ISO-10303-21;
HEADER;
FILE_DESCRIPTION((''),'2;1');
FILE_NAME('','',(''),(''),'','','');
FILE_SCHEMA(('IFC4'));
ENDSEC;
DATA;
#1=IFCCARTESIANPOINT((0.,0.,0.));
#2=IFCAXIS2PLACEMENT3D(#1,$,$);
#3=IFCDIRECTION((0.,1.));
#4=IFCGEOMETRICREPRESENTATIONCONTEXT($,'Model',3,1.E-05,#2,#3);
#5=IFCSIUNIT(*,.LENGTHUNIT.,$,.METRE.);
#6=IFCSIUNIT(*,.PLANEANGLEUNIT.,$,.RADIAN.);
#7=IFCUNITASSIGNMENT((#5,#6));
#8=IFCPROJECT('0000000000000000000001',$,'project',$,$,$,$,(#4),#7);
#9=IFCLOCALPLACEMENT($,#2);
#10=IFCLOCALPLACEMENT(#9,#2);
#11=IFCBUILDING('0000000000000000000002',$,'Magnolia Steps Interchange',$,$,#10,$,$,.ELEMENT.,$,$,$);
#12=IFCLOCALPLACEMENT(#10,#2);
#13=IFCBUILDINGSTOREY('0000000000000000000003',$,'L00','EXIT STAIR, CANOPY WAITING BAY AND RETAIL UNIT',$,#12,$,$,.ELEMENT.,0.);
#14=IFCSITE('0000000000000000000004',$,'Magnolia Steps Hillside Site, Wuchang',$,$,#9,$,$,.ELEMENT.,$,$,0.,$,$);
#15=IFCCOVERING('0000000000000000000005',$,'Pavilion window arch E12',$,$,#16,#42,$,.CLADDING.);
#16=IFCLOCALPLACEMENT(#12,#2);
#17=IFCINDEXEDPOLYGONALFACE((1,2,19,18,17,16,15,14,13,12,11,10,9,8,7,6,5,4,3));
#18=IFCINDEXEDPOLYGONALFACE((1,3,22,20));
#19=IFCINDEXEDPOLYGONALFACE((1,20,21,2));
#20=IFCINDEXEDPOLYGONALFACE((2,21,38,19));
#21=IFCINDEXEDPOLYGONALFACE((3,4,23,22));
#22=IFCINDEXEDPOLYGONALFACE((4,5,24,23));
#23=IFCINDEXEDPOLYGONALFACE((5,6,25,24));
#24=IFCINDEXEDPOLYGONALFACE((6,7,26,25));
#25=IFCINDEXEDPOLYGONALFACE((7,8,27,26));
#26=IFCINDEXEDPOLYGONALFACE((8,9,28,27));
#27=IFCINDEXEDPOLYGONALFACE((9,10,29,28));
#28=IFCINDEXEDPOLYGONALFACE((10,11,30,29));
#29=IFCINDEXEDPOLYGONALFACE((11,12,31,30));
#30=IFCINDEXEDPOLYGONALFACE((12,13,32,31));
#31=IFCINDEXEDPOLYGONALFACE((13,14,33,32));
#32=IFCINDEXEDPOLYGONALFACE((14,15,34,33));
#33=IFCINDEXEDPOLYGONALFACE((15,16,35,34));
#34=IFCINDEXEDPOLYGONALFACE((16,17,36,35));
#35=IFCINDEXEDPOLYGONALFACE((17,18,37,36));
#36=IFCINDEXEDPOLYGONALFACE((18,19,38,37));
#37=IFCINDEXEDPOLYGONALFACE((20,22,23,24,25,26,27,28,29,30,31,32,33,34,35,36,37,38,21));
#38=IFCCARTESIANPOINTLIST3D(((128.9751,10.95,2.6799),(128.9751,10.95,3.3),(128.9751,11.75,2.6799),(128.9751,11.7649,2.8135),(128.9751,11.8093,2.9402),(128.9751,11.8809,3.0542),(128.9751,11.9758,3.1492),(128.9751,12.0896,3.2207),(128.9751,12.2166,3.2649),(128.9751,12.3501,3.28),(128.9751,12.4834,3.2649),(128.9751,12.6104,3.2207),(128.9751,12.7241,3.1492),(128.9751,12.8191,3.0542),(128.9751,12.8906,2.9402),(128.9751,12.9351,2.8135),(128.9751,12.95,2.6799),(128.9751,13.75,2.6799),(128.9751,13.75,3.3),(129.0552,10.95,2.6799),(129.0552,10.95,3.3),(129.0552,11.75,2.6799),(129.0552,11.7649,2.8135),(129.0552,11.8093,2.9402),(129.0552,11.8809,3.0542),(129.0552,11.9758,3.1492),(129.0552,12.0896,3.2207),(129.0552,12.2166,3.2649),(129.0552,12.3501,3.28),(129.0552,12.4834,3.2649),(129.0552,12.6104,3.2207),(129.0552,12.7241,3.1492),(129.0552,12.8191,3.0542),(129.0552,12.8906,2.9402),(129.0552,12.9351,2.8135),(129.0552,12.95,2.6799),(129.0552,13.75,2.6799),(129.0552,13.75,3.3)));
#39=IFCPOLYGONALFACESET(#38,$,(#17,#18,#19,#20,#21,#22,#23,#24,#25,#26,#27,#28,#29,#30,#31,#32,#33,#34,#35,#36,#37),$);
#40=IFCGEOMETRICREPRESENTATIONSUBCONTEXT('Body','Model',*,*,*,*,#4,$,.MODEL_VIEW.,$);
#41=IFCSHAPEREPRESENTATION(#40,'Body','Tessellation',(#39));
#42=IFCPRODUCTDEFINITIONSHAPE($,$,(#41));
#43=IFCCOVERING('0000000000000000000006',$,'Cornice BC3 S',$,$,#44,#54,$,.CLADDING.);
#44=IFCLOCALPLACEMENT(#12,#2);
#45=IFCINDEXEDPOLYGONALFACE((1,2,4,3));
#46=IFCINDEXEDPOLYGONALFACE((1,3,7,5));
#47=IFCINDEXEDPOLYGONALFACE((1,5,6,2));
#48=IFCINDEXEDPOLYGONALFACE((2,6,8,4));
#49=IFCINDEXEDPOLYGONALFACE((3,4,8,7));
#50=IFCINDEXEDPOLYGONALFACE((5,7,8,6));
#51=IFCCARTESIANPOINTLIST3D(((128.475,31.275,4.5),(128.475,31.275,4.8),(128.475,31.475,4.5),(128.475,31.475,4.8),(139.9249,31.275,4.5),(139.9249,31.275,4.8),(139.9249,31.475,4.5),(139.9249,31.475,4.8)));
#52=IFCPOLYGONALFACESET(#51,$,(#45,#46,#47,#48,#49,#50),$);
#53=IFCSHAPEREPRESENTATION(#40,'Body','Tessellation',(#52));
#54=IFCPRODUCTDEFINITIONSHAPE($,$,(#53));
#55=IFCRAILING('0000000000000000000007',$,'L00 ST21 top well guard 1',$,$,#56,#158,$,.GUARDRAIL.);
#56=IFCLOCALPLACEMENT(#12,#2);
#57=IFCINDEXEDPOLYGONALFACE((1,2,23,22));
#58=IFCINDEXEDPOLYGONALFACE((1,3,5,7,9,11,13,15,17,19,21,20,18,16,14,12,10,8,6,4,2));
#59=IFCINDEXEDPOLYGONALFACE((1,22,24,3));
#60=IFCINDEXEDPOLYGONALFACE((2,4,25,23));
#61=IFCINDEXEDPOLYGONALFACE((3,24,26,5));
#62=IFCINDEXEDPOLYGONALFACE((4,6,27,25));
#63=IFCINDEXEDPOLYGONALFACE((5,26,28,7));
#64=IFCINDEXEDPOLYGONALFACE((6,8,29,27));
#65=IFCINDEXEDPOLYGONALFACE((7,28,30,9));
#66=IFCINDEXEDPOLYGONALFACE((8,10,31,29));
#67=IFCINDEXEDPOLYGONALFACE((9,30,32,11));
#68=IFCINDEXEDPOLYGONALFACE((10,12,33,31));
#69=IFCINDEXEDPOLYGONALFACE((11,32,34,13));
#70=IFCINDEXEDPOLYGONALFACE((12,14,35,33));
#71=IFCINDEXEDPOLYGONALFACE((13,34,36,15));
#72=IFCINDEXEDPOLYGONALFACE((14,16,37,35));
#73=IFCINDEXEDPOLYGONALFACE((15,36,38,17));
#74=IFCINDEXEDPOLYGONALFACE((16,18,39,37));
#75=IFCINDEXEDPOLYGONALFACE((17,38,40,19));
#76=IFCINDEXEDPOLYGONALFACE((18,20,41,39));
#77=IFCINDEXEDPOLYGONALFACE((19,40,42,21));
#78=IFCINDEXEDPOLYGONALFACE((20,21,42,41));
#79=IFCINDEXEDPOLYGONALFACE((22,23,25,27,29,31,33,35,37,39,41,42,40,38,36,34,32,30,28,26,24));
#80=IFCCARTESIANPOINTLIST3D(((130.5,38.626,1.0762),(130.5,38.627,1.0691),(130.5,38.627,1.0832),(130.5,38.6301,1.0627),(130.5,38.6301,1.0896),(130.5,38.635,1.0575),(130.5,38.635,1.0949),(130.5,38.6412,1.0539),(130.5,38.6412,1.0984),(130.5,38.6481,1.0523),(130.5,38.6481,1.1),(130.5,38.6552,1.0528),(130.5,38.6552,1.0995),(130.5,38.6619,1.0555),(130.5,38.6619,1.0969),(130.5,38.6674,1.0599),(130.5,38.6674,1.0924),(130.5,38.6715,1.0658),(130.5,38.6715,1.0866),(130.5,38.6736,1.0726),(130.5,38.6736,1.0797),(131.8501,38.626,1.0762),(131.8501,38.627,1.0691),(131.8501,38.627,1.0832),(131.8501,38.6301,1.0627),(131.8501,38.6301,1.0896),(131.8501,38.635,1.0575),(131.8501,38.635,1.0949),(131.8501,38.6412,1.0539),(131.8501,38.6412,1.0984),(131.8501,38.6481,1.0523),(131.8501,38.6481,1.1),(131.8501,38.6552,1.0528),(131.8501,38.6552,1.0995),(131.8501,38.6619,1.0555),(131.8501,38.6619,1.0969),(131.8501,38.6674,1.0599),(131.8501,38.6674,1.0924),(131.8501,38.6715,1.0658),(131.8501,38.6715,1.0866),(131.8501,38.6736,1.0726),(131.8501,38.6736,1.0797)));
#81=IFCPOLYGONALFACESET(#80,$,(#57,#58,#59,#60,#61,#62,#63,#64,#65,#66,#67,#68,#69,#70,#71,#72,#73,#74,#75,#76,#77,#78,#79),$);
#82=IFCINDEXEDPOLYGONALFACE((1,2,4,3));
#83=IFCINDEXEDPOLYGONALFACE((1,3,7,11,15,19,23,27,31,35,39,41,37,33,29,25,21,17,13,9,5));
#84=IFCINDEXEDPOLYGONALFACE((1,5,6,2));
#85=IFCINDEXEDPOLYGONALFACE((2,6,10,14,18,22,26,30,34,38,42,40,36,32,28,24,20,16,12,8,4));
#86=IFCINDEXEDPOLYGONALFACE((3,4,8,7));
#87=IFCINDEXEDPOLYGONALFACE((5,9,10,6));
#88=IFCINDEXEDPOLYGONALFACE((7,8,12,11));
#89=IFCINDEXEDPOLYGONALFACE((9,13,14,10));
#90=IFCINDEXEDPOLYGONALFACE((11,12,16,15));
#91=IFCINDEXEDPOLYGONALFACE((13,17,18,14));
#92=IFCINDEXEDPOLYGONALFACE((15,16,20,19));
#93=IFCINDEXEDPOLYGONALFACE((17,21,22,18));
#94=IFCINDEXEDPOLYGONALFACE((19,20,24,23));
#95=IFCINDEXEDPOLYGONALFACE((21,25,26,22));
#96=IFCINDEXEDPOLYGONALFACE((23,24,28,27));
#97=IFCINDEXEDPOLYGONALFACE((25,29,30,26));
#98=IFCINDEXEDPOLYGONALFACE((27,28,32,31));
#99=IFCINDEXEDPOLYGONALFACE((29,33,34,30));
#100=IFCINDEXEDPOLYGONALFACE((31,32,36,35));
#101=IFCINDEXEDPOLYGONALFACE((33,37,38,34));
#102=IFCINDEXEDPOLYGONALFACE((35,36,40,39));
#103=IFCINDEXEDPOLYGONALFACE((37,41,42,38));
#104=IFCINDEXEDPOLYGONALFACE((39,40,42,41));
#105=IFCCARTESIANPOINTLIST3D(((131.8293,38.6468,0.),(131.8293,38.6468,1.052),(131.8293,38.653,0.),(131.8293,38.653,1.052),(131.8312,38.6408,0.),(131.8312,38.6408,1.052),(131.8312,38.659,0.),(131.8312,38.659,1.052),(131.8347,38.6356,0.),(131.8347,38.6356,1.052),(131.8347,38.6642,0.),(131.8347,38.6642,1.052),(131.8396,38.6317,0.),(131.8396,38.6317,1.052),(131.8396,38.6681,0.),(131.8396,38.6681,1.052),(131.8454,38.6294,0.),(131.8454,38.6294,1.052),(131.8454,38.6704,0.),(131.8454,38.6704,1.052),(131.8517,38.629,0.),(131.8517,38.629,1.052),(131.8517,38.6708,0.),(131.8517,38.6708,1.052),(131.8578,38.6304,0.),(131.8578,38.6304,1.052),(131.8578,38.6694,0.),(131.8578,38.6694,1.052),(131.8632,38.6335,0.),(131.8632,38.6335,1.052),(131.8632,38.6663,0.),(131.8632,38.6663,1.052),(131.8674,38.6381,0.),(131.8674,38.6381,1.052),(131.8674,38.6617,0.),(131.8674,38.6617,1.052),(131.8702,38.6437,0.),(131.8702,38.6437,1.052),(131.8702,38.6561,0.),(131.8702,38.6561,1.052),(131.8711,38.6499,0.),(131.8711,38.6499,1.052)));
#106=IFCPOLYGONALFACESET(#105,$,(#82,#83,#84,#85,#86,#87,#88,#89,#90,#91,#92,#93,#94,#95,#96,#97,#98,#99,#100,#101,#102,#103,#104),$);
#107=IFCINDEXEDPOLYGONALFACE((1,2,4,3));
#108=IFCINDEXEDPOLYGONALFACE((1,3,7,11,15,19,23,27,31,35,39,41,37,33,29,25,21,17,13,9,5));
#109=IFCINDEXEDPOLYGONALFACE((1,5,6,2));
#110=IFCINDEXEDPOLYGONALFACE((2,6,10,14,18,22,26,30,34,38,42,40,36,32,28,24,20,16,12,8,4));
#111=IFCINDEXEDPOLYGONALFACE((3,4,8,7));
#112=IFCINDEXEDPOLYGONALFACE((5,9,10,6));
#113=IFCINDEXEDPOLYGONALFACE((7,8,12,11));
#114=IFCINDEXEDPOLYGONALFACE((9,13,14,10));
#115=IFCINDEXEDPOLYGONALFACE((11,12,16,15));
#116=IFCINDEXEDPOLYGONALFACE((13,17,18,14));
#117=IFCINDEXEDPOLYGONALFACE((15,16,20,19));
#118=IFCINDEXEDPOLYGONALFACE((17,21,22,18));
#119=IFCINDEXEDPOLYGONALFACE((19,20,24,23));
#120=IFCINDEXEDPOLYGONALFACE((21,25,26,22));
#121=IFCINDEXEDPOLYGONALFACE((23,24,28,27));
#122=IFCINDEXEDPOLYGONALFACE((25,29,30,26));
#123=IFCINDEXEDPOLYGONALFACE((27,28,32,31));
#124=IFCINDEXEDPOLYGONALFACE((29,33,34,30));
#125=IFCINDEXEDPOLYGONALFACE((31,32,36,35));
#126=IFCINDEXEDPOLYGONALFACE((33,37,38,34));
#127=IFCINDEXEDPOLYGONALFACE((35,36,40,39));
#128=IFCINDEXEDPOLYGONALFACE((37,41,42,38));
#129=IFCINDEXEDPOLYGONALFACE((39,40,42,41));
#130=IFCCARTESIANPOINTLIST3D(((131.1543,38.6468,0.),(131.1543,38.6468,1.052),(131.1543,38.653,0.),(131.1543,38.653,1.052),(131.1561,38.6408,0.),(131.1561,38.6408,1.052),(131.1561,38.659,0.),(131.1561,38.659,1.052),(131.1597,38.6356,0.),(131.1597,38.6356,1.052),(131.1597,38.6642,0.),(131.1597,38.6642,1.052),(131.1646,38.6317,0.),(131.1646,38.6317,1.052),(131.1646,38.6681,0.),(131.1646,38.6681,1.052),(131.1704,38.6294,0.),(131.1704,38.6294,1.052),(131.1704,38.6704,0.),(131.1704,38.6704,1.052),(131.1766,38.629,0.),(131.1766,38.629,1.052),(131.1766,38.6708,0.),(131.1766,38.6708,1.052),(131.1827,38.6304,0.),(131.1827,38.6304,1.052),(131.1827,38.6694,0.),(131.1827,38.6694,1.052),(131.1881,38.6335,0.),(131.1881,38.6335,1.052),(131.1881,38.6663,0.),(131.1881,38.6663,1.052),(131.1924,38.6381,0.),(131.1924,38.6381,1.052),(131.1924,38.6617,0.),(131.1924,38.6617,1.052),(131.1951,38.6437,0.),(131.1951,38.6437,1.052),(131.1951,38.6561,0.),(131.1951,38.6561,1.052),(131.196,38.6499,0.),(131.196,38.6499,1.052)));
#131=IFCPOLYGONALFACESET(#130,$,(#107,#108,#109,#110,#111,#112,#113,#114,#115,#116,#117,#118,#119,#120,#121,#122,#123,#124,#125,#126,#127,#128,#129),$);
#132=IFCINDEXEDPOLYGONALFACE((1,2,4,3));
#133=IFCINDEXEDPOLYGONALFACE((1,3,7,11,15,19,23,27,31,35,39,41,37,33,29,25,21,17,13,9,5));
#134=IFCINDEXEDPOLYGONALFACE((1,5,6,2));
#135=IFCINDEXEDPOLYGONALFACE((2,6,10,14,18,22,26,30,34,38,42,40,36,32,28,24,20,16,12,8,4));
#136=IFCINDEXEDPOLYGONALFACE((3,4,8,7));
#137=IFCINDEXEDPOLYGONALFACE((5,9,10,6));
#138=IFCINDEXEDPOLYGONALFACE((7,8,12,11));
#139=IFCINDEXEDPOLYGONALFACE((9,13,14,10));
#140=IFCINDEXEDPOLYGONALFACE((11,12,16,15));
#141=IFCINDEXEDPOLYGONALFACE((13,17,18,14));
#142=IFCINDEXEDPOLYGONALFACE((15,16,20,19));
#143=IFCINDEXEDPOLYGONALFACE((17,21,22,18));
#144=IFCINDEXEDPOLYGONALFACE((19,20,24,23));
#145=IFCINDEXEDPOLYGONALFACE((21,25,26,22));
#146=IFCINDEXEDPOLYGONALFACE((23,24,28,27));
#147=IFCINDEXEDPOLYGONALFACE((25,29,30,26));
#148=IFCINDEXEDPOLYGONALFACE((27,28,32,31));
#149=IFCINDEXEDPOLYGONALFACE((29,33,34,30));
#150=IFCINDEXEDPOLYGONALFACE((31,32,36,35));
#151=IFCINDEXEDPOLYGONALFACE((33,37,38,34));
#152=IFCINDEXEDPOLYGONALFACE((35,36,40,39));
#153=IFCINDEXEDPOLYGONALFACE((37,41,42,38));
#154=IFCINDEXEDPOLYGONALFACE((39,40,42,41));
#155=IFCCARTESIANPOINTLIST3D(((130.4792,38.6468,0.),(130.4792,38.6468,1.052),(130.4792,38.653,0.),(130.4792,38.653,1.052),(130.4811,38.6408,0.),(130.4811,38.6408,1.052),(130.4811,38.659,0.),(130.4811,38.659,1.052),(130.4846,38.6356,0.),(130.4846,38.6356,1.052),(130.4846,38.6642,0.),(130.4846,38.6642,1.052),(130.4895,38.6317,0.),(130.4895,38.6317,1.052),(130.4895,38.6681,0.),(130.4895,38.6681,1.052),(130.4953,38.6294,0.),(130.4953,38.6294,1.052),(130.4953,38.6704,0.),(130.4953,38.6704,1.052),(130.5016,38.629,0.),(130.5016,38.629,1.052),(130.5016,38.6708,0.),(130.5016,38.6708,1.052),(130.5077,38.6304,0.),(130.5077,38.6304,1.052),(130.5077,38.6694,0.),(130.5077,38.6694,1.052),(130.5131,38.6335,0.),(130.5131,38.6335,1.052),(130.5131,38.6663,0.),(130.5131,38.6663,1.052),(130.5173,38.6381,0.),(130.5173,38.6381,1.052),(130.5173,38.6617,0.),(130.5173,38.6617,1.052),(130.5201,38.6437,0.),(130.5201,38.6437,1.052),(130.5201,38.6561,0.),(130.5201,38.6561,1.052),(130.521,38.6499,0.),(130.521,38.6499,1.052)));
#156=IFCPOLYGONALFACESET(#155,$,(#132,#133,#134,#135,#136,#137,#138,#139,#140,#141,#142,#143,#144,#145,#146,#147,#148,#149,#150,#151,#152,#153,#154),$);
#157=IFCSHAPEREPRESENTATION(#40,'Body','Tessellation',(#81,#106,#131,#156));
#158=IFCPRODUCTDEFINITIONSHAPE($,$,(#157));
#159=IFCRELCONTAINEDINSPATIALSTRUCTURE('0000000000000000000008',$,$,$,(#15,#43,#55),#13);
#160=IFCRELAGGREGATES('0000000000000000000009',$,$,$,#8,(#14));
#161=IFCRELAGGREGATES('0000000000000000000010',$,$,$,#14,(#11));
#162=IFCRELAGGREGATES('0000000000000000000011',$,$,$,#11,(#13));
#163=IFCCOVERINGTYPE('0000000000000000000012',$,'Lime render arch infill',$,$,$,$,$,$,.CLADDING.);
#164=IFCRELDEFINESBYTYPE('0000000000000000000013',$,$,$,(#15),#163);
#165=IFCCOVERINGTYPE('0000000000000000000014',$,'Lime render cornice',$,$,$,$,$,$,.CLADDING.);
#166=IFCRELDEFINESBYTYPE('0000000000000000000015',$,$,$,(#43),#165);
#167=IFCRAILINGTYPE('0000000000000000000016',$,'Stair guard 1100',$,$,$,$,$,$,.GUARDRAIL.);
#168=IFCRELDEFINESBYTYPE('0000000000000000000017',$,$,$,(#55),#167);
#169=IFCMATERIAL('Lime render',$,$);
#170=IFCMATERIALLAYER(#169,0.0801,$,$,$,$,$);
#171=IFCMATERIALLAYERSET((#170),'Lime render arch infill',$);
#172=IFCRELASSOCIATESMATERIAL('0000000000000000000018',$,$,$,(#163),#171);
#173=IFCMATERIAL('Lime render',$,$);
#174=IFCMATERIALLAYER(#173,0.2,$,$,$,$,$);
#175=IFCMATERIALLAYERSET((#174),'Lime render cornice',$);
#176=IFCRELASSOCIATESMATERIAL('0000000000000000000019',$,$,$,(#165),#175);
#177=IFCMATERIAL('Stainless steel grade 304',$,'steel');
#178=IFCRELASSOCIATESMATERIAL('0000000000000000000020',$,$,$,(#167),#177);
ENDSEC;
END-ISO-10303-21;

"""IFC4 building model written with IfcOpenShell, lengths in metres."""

from ifc_helpers import new_model, si_unit, direction, frame, origin, origin_2d, place, context, subcontext, project, spatial, polyline, rectangle, circle, outline, extrude, material, layer, layer_set, type_object, element, save


model = new_model("IFC4")

# Units and contexts
model_context = context("Model", 3, precision=1e-05, world=origin(), true_north=direction((0.0, 1.0)))
body_context = subcontext(model_context, "Body", "Model", "MODEL_VIEW")
ifc_project = project(units=[si_unit("LENGTHUNIT", "METRE"), si_unit("PLANEANGLEUNIT", "RADIAN")], contexts=[model_context])

# Site, building, storey
site_placement = place(None, origin())
site = spatial("IfcSite", under=ifc_project, at=site_placement, Name="Magnolia Steps Hillside Site, Wuchang", CompositionType="ELEMENT", RefElevation=0.0)
building_placement = place(site_placement, origin())
building = spatial("IfcBuilding", under=site, at=building_placement, Name="Magnolia Steps Interchange", CompositionType="ELEMENT")
storey_placement = place(building_placement, origin())
storey = spatial("IfcBuildingStorey", under=building, at=storey_placement, Name="L00", Description="EXIT STAIR, CANOPY WAITING BAY AND RETAIL UNIT", CompositionType="ELEMENT", Elevation=0.0)

# Coverings
ifc_material_1 = material(Name="Lime render")
ifc_layer_1 = layer(ifc_material_1, 0.0801)
ifc_layer_set_1 = layer_set([ifc_layer_1], Name="Lime render arch infill")
covering_type_1 = type_object("IfcCoveringType", Name="Lime render arch infill", PredefinedType="CLADDING", material=ifc_layer_set_1)
covering_1_placement = place(storey_placement, frame((128.9751, 10.95, 2.6799), z_axis=(-1.0, 0.0, 0.0), x_axis=(0.0, 0.0, 1.0)))
element("IfcCovering", 1, at=covering_1_placement, inside=storey, type_object=covering_type_1, Name="Pavilion window arch E12", PredefinedType="CLADDING", context=body_context, shape_type="SweptSolid", body=[
    extrude(outline(polyline([(0.0, 0.0), (0.6201, 0.0), (0.6201, 2.8), (0.0, 2.8), (0.0, 2.0), (0.1335, 1.9851), (0.2603, 1.9407), (0.3743, 1.8691), (0.4692, 1.7742), (0.5408, 1.6604), (0.585, 1.5334), (0.6001, 1.4001), (0.585, 1.2666), (0.5408, 1.1396), (0.4692, 1.0259), (0.3743, 0.9309), (0.2603, 0.8594), (0.1335, 0.8149), (0.0, 0.8), (0.0, 0.0)])), origin(), (0.0, 0.0, -1.0), 0.0801),
])
ifc_material_2 = material(Name="Lime render")
ifc_layer_2 = layer(ifc_material_2, 0.2)
ifc_layer_set_2 = layer_set([ifc_layer_2], Name="Lime render cornice")
covering_type_2 = type_object("IfcCoveringType", Name="Lime render cornice", PredefinedType="CLADDING", material=ifc_layer_set_2)
covering_2_placement = place(storey_placement, frame((134.2, 31.375, 4.5), z_axis=(0.0, 0.0, 1.0), x_axis=(1.0, 0.0, 0.0)))
element("IfcCovering", 2, at=covering_2_placement, inside=storey, type_object=covering_type_2, Name="Cornice BC3 S", PredefinedType="CLADDING", context=body_context, shape_type="SweptSolid", body=[
    extrude(rectangle(XDim=11.45, YDim=0.2, at=origin_2d()), origin(), (0.0, 0.0, 1.0), 0.3),
])

# Railing
ifc_material_3 = material(Name="Stainless steel grade 304", Category="steel")
railing_type_1 = type_object("IfcRailingType", Name="Stair guard 1100", PredefinedType="GUARDRAIL", material=ifc_material_3)
railing_1_placement = place(storey_placement, frame((131.8501, 38.6499, 0.0)))
element("IfcRailing", 3, at=railing_1_placement, inside=storey, type_object=railing_type_1, Name="L00 ST21 top well guard 1", PredefinedType="GUARDRAIL", context=body_context, shape_type="SweptSolid", body=[
    extrude(circle(Radius=0.0239, at=origin_2d()), frame((0.0, 0.0, 1.0762), z_axis=(-1.0, 0.0, 0.0), x_axis=(0.0, -1.0, 0.0)), (0.0, 0.0, 1.0), 1.3501),
    extrude(circle(Radius=0.021, at=origin_2d()), origin(), (0.0, 0.0, 1.0), 1.052),
    extrude(circle(Radius=0.021, at=origin_2d()), frame((-0.675, 0.0, 0.0)), (0.0, 0.0, 1.0), 1.052),
    extrude(circle(Radius=0.021, at=origin_2d()), frame((-1.3501, 0.0, 0.0)), (0.0, 0.0, 1.0), 1.052),
])

save(model, "model.ifc")
